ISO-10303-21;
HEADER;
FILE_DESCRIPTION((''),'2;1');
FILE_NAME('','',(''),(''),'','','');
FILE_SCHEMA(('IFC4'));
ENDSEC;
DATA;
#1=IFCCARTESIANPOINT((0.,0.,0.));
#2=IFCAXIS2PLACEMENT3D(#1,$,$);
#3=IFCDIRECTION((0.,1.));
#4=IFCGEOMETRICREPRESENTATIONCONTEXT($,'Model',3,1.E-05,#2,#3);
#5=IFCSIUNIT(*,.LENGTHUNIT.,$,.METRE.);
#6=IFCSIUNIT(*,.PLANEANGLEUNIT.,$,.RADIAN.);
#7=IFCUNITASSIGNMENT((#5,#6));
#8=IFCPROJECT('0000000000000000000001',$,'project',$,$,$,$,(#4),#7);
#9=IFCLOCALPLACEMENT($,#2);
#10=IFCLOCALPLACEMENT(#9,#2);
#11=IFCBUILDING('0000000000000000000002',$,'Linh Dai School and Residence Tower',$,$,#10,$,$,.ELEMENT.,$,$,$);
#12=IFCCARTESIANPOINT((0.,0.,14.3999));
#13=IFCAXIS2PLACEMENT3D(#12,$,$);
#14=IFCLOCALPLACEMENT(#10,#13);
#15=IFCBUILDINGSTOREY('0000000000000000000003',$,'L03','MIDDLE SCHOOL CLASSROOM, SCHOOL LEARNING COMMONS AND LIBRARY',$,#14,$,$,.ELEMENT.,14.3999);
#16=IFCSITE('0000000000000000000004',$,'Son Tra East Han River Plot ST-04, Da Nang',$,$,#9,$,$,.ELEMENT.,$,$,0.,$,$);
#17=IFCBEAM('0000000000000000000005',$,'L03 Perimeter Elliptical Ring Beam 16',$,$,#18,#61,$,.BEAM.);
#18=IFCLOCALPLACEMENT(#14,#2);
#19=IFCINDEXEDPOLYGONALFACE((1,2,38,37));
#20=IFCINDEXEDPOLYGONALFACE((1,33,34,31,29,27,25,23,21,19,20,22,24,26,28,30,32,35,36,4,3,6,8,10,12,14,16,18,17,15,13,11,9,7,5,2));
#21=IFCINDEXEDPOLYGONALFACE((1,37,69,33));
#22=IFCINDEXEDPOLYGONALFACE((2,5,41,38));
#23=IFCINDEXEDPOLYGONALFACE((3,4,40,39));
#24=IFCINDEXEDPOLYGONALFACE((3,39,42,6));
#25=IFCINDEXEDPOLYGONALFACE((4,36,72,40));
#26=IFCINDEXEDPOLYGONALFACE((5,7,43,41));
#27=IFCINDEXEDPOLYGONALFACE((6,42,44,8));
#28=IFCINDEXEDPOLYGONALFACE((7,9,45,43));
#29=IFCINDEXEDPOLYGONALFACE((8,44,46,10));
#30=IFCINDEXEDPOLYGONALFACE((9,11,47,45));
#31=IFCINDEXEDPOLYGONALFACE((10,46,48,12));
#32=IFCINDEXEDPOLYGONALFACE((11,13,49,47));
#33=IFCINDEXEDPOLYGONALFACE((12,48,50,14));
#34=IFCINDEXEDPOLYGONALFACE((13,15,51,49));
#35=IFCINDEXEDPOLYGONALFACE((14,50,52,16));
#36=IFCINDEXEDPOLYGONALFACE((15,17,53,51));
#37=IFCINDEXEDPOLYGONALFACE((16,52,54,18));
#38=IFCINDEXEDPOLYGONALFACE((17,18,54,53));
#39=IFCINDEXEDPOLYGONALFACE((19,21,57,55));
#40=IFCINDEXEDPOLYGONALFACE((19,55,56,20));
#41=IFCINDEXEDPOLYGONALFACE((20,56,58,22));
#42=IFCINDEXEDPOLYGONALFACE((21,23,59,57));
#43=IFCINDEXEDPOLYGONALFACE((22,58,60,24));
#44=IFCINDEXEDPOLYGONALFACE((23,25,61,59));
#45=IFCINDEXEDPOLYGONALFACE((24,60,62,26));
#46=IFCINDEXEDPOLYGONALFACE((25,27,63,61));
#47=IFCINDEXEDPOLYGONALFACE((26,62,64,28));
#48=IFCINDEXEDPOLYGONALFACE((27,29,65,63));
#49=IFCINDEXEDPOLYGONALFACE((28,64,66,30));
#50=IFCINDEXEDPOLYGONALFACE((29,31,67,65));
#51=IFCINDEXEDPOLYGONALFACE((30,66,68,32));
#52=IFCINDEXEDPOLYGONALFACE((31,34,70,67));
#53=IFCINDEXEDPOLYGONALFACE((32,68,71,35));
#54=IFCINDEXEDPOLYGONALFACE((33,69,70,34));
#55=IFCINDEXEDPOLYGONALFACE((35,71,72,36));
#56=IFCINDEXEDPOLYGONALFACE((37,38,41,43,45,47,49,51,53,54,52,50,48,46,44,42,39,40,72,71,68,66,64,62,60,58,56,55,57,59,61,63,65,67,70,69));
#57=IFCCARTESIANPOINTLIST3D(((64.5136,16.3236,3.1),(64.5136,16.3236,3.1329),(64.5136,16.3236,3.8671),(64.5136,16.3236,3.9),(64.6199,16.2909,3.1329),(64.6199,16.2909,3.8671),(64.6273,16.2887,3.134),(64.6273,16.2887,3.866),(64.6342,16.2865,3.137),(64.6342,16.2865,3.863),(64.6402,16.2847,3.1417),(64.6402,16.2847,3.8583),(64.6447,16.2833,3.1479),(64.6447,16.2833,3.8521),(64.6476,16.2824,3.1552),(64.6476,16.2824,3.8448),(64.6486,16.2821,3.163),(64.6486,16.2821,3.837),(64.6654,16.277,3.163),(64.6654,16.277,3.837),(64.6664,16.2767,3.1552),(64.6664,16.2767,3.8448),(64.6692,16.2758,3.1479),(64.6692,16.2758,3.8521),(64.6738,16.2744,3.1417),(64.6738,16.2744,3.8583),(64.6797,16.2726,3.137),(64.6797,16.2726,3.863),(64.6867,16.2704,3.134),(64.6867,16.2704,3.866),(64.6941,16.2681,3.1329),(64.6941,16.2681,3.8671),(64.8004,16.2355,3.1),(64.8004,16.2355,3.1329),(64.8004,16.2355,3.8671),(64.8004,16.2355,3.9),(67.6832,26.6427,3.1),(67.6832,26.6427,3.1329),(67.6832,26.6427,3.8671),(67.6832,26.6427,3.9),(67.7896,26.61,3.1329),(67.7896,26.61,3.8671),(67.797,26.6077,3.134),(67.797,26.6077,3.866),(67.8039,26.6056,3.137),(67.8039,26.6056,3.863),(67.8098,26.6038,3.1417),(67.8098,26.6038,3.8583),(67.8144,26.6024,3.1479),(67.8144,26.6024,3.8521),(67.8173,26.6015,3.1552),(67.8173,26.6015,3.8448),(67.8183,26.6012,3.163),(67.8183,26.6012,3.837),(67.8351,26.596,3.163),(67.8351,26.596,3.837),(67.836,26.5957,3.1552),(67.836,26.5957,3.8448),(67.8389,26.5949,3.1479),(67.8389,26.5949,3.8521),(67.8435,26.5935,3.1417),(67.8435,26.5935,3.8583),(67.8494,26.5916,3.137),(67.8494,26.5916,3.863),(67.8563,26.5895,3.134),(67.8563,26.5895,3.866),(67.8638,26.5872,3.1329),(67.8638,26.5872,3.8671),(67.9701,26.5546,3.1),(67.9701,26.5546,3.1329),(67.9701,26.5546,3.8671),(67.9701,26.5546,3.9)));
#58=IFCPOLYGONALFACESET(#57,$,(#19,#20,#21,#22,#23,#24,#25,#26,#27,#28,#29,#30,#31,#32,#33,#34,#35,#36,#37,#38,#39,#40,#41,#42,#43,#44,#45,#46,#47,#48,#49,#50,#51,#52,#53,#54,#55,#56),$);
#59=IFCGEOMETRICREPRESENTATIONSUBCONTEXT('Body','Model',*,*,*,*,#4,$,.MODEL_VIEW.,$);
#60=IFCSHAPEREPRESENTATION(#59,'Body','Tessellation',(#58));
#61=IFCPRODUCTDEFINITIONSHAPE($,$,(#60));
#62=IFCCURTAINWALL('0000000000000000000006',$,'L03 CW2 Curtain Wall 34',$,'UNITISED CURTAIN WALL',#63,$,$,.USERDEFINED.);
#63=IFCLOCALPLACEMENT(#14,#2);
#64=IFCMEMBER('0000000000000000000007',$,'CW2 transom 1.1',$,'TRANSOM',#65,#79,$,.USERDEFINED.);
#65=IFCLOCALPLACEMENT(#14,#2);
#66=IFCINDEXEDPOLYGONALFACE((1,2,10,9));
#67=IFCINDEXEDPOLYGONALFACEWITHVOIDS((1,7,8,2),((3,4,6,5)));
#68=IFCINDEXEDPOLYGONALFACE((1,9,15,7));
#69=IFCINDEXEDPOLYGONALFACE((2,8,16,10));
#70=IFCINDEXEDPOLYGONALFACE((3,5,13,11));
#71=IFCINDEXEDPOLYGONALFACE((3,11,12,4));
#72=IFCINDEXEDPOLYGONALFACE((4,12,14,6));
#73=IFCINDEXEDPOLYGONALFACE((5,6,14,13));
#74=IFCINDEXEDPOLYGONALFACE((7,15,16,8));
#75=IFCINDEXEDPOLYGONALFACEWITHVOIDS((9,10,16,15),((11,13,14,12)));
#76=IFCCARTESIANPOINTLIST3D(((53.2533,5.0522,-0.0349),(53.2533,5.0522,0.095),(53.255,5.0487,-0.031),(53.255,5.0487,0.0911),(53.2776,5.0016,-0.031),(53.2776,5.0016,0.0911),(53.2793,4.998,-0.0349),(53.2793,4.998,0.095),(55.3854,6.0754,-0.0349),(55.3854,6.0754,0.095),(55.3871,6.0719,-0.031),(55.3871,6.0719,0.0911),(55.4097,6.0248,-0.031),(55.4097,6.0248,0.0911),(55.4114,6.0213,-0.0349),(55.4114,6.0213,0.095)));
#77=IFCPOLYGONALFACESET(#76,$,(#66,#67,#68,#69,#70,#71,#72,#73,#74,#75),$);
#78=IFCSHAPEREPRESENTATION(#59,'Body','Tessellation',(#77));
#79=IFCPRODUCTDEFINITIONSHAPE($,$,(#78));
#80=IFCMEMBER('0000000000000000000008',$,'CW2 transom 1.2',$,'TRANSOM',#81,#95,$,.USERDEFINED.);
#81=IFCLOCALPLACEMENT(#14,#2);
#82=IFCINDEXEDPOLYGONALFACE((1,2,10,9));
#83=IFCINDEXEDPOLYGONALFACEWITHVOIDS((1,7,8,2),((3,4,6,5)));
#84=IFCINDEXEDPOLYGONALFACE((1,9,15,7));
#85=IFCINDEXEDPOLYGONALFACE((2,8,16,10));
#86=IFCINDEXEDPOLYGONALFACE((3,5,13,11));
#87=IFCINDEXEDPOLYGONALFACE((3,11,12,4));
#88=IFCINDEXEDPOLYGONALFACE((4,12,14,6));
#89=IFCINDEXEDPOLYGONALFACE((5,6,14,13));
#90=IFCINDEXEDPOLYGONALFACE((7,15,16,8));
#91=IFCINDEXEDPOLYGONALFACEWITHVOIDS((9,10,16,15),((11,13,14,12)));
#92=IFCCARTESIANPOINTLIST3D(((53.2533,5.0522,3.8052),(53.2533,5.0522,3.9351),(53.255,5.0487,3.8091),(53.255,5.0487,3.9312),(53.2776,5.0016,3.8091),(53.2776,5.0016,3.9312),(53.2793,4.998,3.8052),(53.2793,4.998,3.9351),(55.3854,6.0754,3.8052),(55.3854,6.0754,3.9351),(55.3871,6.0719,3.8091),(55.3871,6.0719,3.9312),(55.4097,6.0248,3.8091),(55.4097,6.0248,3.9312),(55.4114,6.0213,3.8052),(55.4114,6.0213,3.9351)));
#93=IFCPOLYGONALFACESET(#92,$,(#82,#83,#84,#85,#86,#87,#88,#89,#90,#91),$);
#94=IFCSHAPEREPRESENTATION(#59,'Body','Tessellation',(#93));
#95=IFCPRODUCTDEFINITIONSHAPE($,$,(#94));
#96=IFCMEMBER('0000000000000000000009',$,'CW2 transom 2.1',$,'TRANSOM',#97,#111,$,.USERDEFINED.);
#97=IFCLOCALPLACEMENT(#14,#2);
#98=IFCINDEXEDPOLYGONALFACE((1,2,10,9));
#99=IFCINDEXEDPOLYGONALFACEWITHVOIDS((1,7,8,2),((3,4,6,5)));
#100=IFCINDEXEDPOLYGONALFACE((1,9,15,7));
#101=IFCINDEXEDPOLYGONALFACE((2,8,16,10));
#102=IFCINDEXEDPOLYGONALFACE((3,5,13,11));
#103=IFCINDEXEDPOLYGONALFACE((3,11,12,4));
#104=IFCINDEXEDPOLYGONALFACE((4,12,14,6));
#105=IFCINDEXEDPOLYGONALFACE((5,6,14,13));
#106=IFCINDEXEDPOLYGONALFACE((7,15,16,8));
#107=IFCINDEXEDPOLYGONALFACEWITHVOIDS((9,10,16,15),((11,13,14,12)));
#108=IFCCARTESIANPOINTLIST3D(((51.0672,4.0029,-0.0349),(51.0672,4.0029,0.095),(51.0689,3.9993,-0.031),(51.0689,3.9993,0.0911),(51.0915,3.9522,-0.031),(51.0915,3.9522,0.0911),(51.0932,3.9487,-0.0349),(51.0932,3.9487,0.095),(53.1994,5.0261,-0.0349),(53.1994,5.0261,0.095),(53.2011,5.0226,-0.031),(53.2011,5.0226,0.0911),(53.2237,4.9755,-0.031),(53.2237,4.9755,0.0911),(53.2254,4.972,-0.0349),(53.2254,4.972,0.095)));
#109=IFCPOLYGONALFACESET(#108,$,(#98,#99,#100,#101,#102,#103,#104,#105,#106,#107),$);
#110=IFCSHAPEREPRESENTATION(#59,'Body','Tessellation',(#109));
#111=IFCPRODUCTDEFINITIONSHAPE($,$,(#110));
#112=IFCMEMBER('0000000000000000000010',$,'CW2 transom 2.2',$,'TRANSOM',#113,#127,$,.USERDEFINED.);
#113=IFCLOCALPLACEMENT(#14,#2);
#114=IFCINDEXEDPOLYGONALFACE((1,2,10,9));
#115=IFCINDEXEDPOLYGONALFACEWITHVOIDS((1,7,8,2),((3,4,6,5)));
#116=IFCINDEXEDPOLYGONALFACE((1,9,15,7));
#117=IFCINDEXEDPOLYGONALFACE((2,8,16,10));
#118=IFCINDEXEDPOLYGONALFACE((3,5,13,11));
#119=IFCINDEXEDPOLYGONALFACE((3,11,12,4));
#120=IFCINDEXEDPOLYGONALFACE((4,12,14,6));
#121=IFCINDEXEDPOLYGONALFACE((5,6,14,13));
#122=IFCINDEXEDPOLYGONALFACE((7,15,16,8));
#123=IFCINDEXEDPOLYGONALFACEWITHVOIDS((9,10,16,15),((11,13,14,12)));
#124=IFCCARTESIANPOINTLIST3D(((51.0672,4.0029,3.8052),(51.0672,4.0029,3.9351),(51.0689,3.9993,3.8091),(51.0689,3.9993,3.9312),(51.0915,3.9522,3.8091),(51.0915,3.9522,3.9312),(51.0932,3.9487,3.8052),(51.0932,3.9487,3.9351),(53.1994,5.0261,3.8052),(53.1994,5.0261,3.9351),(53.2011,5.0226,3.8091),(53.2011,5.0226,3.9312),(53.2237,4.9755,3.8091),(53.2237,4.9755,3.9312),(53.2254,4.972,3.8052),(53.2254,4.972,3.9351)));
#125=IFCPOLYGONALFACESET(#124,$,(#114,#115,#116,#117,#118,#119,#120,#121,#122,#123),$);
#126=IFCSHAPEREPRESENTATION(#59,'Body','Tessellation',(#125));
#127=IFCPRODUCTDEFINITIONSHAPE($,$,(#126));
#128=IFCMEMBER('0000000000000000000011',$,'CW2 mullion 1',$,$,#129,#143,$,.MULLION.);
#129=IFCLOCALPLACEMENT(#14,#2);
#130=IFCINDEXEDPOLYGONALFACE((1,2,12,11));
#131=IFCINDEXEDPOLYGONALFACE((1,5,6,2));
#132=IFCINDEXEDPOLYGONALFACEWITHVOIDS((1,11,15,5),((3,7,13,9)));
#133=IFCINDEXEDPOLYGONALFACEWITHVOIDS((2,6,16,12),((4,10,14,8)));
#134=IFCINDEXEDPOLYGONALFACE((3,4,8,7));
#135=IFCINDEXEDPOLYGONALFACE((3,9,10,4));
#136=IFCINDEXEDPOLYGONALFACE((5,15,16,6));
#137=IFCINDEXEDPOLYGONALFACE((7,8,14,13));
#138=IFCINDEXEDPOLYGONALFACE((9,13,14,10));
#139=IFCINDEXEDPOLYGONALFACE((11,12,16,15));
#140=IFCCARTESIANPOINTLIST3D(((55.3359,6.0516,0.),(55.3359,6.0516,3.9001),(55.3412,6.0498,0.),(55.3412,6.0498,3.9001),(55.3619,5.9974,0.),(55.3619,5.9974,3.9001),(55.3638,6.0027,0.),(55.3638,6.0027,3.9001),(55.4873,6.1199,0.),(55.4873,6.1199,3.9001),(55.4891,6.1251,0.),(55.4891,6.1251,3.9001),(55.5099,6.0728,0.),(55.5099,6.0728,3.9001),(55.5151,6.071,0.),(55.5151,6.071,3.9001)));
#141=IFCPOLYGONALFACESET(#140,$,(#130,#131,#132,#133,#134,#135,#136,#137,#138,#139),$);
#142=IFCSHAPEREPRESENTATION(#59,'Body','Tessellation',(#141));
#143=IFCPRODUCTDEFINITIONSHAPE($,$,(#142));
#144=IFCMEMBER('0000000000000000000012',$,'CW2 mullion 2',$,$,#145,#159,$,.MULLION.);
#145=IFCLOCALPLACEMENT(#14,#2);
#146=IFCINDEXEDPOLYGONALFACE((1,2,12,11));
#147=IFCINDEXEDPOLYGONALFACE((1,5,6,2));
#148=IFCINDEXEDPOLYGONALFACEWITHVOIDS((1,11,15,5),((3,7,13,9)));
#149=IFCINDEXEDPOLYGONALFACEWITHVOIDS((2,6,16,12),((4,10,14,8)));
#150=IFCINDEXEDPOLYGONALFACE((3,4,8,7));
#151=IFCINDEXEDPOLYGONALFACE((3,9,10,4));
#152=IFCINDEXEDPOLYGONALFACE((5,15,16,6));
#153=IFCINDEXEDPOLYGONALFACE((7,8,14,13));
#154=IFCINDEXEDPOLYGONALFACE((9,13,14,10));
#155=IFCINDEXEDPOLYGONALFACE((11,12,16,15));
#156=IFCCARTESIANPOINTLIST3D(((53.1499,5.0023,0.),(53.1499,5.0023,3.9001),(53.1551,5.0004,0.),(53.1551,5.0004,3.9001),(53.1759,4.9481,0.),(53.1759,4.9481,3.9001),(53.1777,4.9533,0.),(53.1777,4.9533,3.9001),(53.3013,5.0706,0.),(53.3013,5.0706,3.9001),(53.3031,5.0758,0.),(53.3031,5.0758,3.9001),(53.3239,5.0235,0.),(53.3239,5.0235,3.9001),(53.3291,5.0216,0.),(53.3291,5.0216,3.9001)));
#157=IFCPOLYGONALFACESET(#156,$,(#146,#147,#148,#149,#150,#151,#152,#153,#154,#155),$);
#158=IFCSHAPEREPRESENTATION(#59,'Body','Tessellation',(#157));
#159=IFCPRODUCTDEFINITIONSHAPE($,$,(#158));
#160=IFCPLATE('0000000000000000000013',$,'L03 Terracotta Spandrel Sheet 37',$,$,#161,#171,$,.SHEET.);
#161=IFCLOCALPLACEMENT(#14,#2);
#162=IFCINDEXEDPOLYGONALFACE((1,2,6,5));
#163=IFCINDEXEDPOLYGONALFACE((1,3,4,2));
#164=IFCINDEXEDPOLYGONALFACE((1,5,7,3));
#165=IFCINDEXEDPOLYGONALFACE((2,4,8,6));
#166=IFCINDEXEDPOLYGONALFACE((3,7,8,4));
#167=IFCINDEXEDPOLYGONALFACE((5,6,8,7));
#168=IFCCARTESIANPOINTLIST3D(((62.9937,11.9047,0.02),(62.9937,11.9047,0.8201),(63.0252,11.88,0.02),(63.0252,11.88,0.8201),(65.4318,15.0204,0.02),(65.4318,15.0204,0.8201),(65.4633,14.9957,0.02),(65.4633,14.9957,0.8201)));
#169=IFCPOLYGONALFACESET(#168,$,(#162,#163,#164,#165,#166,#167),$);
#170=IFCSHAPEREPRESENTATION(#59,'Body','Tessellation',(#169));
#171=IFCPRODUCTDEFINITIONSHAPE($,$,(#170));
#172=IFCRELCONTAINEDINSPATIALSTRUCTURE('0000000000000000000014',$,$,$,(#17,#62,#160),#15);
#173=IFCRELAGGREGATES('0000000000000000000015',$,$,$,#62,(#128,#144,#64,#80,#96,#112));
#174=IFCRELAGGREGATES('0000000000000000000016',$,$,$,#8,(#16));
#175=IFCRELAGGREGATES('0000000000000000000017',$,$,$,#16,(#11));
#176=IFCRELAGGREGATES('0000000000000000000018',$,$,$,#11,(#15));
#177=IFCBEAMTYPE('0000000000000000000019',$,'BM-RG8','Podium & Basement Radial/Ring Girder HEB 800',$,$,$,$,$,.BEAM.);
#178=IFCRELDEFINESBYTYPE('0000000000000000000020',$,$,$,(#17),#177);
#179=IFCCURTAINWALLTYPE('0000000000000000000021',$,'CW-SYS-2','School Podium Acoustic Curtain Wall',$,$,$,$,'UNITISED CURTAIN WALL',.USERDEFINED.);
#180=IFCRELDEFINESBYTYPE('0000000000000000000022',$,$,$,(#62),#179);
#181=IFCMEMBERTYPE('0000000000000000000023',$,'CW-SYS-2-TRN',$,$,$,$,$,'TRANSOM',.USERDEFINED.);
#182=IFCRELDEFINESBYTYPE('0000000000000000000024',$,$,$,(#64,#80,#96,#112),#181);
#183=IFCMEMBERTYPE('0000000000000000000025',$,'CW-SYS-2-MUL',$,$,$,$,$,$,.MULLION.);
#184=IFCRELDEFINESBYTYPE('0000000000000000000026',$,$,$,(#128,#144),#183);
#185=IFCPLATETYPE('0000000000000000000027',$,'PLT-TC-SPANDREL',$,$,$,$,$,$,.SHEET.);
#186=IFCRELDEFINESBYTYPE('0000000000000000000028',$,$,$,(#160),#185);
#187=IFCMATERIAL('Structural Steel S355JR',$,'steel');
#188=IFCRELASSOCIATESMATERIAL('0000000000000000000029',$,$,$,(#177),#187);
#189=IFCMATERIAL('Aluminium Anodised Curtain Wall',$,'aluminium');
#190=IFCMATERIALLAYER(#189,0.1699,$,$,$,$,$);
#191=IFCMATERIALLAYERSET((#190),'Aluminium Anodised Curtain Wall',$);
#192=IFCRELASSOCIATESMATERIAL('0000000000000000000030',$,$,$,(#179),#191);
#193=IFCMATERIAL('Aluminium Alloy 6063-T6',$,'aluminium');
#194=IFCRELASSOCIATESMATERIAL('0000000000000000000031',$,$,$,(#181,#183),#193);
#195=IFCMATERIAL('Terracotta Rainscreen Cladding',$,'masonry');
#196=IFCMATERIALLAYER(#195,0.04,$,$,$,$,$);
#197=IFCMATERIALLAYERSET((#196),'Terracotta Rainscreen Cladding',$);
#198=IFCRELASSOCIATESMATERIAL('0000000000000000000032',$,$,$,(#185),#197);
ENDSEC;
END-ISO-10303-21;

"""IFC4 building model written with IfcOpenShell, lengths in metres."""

from ifc_helpers import new_model, si_unit, direction, frame, origin, origin_2d, place, context, subcontext, project, spatial, rectangle, hollow_rectangle, i_section, extrude, source, transform, mapped, material, layer, layer_set, material_profile, profile_set, type_object, element, aggregate, save


model = new_model("IFC4")

# Units and contexts
model_context = context("Model", 3, precision=1e-05, world=origin(), true_north=direction((0.0, 1.0)))
body_context = subcontext(model_context, "Body", "Model", "MODEL_VIEW")
ifc_project = project(units=[si_unit("LENGTHUNIT", "METRE"), si_unit("PLANEANGLEUNIT", "RADIAN")], contexts=[model_context])

# Site, building, storey
site_placement = place(None, origin())
site = spatial("IfcSite", under=ifc_project, at=site_placement, Name="Son Tra East Han River Plot ST-04, Da Nang", CompositionType="ELEMENT", RefElevation=0.0)
building_placement = place(site_placement, origin())
building = spatial("IfcBuilding", under=site, at=building_placement, Name="Linh Dai School and Residence Tower", CompositionType="ELEMENT")
storey_placement = place(building_placement, frame((0.0, 0.0, 14.3999)))
storey = spatial("IfcBuildingStorey", under=building, at=storey_placement, Name="L03", Description="MIDDLE SCHOOL CLASSROOM, SCHOOL LEARNING COMMONS AND LIBRARY", CompositionType="ELEMENT", Elevation=14.3999)

# Shared definitions
ifc_material_1 = material(Name="Structural Steel S355JR", Category="steel")

# Beam
ifc_material_profile_1 = material_profile(ifc_material_1, i_section(OverallWidth=0.3, OverallDepth=0.8, WebThickness=0.0176, FlangeThickness=0.033, FilletRadius=0.03, at=origin_2d()), Name="HEB 800")
ifc_profile_set_1 = profile_set([ifc_material_profile_1], Name="Structural Steel S355JR")
beam_type = type_object("IfcBeamType", Name="BM-RG8", Description="Podium & Basement Radial/Ring Girder HEB 800", PredefinedType="BEAM", material=ifc_profile_set_1)
beam_1_placement = place(storey_placement, frame((64.657, 16.2795, 3.5), z_axis=(0.293627, 0.95592, 0.0), x_axis=(-0.95592, 0.293627, 0.0)))
element("IfcBeam", 1, at=beam_1_placement, inside=storey, type_object=beam_type, Name="L03 Perimeter Elliptical Ring Beam 16", PredefinedType="BEAM", context=body_context, shape_type="SweptSolid", body=[
    extrude(i_section(OverallWidth=0.3, OverallDepth=0.8, WebThickness=0.0176, FlangeThickness=0.033, FilletRadius=0.03, at=origin_2d()), origin(), (0.0, 0.0, 1.0), 10.7949),
])

# Curtain wall, members
ifc_material_2 = material(Name="Aluminium Anodised Curtain Wall", Category="aluminium")
ifc_layer_1 = layer(ifc_material_2, 0.1699)
ifc_layer_set_1 = layer_set([ifc_layer_1], Name="Aluminium Anodised Curtain Wall")
curtain_wall_type = type_object("IfcCurtainWallType", Name="CW-SYS-2", Description="School Podium Acoustic Curtain Wall", ElementType="UNITISED CURTAIN WALL", PredefinedType="USERDEFINED", material=ifc_layer_set_1)
curtain_wall_placement = place(storey_placement, origin())
curtain_wall = element("IfcCurtainWall", 2, at=curtain_wall_placement, inside=storey, type_object=curtain_wall_type, Name="L03 CW2 Curtain Wall 34", ObjectType="UNITISED CURTAIN WALL", PredefinedType="USERDEFINED")
ifc_material_3 = material(Name="Aluminium Alloy 6063-T6", Category="aluminium")
ifc_material_profile_2 = material_profile(ifc_material_3, hollow_rectangle(XDim=0.0601, YDim=0.1299, WallThickness=0.0039, at=origin_2d()), Name="RHS 130x60x4")
ifc_profile_set_2 = profile_set([ifc_material_profile_2], Name="Aluminium Alloy 6063-T6")
member_type_1 = type_object("IfcMemberType", Name="CW-SYS-2-TRN", ElementType="TRANSOM", PredefinedType="USERDEFINED", material=ifc_profile_set_2)
shared_shape_1 = source(origin(), body_context, "Body", "SweptSolid", [
    extrude(hollow_rectangle(XDim=0.0601, YDim=0.1299, WallThickness=0.0039, at=origin_2d()), origin(), (0.0, 0.0, 1.0), 2.365),
])
member_1_placement = place(storey_placement, frame((55.3984, 6.0483, 0.03), z_axis=(-0.901557, -0.432661, 0.0), x_axis=(0.432661, -0.901557, 0.0)))
member_1 = element("IfcMember", 3, at=member_1_placement, type_object=member_type_1, Name="CW2 transom 1.1", ObjectType="TRANSOM", PredefinedType="USERDEFINED", context=body_context, shape_type="MappedRepresentation", body=[
    mapped(shared_shape_1, transform((0.0, 0.0, 0.0), x_axis=(1.0, 0.0, 0.0), y_axis=(0.0, 1.0, 0.0), z_axis=(0.0, 0.0, 1.0), scale=1.0)),
])
member_2_placement = place(storey_placement, frame((55.3984, 6.0483, 3.8701), z_axis=(-0.901557, -0.432661, 0.0), x_axis=(0.432661, -0.901557, 0.0)))
member_2 = element("IfcMember", 4, at=member_2_placement, type_object=member_type_1, Name="CW2 transom 1.2", ObjectType="TRANSOM", PredefinedType="USERDEFINED", context=body_context, shape_type="MappedRepresentation", body=[
    mapped(shared_shape_1, transform((0.0, 0.0, 0.0), x_axis=(1.0, 0.0, 0.0), y_axis=(0.0, 1.0, 0.0), z_axis=(0.0, 0.0, 1.0), scale=1.0)),
])
member_3_placement = place(storey_placement, frame((53.2124, 4.999, 0.03), z_axis=(-0.901557, -0.432661, 0.0), x_axis=(0.432661, -0.901557, 0.0)))
member_3 = element("IfcMember", 5, at=member_3_placement, type_object=member_type_1, Name="CW2 transom 2.1", ObjectType="TRANSOM", PredefinedType="USERDEFINED", context=body_context, shape_type="MappedRepresentation", body=[
    mapped(shared_shape_1, transform((0.0, 0.0, 0.0), x_axis=(1.0, 0.0, 0.0), y_axis=(0.0, 1.0, 0.0), z_axis=(0.0, 0.0, 1.0), scale=1.0)),
])
member_4_placement = place(storey_placement, frame((53.2124, 4.999, 3.8701), z_axis=(-0.901557, -0.432661, 0.0), x_axis=(0.432661, -0.901557, 0.0)))
member_4 = element("IfcMember", 6, at=member_4_placement, type_object=member_type_1, Name="CW2 transom 2.2", ObjectType="TRANSOM", PredefinedType="USERDEFINED", context=body_context, shape_type="MappedRepresentation", body=[
    mapped(shared_shape_1, transform((0.0, 0.0, 0.0), x_axis=(1.0, 0.0, 0.0), y_axis=(0.0, 1.0, 0.0), z_axis=(0.0, 0.0, 1.0), scale=1.0)),
])
ifc_material_profile_3 = material_profile(ifc_material_3, hollow_rectangle(XDim=0.0601, YDim=0.1699, WallThickness=0.0039, at=origin_2d()), Name="RHS 170x60x4")
ifc_profile_set_3 = profile_set([ifc_material_profile_3], Name="Aluminium Alloy 6063-T6")
member_type_2 = type_object("IfcMemberType", Name="CW-SYS-2-MUL", PredefinedType="MULLION", material=ifc_profile_set_3)
shared_shape_2 = source(origin(), body_context, "Body", "SweptSolid", [
    extrude(hollow_rectangle(XDim=0.0601, YDim=0.1699, WallThickness=0.0039, at=origin_2d()), origin(), (0.0, 0.0, 1.0), 3.9001),
])
member_5_placement = place(storey_placement, frame((55.4255, 6.0613, 0.0), z_axis=(0.0, 0.0, 1.0), x_axis=(0.432657, -0.901558, 0.0)))
member_5 = element("IfcMember", 7, at=member_5_placement, type_object=member_type_2, Name="CW2 mullion 1", PredefinedType="MULLION", context=body_context, shape_type="MappedRepresentation", body=[
    mapped(shared_shape_2, transform((0.0, 0.0, 0.0), x_axis=(1.0, 0.0, 0.0), y_axis=(0.0, 1.0, 0.0), z_axis=(0.0, 0.0, 1.0), scale=1.0)),
])
member_6_placement = place(storey_placement, frame((53.2395, 5.012, 0.0), z_axis=(0.0, 0.0, 1.0), x_axis=(0.432657, -0.901558, 0.0)))
member_6 = element("IfcMember", 8, at=member_6_placement, type_object=member_type_2, Name="CW2 mullion 2", PredefinedType="MULLION", context=body_context, shape_type="MappedRepresentation", body=[
    mapped(shared_shape_2, transform((0.0, 0.0, 0.0), x_axis=(1.0, 0.0, 0.0), y_axis=(0.0, 1.0, 0.0), z_axis=(0.0, 0.0, 1.0), scale=1.0)),
])

# Plate
ifc_material_4 = material(Name="Terracotta Rainscreen Cladding", Category="masonry")
ifc_layer_2 = layer(ifc_material_4, 0.04)
ifc_layer_set_2 = layer_set([ifc_layer_2], Name="Terracotta Rainscreen Cladding")
plate_type_1 = type_object("IfcPlateType", Name="PLT-TC-SPANDREL", PredefinedType="SHEET", material=ifc_layer_set_2)
shared_shape_3 = source(origin(), body_context, "Body", "SweptSolid", [
    extrude(rectangle(XDim=3.9563, YDim=0.04, at=origin_2d()), origin(), (0.0, 0.0, 1.0), 0.8),
])
plate_1_placement = place(storey_placement, frame((64.2285, 13.4502, 0.02), z_axis=(0.0, 0.0, 1.0), x_axis=(-0.61626, -0.787543, 0.0)))
element("IfcPlate", 9, at=plate_1_placement, inside=storey, type_object=plate_type_1, Name="L03 Terracotta Spandrel Sheet 37", PredefinedType="SHEET", context=body_context, shape_type="MappedRepresentation", body=[
    mapped(shared_shape_3, transform((0.0, 0.0, 0.0), x_axis=(1.0, 0.0, 0.0), y_axis=(0.0, 1.0, 0.0), z_axis=(0.0, 0.0, 1.0), scale=1.0)),
])
aggregate(curtain_wall, [member_5, member_6, member_1, member_2, member_3, member_4])

save(model, "model.ifc")
